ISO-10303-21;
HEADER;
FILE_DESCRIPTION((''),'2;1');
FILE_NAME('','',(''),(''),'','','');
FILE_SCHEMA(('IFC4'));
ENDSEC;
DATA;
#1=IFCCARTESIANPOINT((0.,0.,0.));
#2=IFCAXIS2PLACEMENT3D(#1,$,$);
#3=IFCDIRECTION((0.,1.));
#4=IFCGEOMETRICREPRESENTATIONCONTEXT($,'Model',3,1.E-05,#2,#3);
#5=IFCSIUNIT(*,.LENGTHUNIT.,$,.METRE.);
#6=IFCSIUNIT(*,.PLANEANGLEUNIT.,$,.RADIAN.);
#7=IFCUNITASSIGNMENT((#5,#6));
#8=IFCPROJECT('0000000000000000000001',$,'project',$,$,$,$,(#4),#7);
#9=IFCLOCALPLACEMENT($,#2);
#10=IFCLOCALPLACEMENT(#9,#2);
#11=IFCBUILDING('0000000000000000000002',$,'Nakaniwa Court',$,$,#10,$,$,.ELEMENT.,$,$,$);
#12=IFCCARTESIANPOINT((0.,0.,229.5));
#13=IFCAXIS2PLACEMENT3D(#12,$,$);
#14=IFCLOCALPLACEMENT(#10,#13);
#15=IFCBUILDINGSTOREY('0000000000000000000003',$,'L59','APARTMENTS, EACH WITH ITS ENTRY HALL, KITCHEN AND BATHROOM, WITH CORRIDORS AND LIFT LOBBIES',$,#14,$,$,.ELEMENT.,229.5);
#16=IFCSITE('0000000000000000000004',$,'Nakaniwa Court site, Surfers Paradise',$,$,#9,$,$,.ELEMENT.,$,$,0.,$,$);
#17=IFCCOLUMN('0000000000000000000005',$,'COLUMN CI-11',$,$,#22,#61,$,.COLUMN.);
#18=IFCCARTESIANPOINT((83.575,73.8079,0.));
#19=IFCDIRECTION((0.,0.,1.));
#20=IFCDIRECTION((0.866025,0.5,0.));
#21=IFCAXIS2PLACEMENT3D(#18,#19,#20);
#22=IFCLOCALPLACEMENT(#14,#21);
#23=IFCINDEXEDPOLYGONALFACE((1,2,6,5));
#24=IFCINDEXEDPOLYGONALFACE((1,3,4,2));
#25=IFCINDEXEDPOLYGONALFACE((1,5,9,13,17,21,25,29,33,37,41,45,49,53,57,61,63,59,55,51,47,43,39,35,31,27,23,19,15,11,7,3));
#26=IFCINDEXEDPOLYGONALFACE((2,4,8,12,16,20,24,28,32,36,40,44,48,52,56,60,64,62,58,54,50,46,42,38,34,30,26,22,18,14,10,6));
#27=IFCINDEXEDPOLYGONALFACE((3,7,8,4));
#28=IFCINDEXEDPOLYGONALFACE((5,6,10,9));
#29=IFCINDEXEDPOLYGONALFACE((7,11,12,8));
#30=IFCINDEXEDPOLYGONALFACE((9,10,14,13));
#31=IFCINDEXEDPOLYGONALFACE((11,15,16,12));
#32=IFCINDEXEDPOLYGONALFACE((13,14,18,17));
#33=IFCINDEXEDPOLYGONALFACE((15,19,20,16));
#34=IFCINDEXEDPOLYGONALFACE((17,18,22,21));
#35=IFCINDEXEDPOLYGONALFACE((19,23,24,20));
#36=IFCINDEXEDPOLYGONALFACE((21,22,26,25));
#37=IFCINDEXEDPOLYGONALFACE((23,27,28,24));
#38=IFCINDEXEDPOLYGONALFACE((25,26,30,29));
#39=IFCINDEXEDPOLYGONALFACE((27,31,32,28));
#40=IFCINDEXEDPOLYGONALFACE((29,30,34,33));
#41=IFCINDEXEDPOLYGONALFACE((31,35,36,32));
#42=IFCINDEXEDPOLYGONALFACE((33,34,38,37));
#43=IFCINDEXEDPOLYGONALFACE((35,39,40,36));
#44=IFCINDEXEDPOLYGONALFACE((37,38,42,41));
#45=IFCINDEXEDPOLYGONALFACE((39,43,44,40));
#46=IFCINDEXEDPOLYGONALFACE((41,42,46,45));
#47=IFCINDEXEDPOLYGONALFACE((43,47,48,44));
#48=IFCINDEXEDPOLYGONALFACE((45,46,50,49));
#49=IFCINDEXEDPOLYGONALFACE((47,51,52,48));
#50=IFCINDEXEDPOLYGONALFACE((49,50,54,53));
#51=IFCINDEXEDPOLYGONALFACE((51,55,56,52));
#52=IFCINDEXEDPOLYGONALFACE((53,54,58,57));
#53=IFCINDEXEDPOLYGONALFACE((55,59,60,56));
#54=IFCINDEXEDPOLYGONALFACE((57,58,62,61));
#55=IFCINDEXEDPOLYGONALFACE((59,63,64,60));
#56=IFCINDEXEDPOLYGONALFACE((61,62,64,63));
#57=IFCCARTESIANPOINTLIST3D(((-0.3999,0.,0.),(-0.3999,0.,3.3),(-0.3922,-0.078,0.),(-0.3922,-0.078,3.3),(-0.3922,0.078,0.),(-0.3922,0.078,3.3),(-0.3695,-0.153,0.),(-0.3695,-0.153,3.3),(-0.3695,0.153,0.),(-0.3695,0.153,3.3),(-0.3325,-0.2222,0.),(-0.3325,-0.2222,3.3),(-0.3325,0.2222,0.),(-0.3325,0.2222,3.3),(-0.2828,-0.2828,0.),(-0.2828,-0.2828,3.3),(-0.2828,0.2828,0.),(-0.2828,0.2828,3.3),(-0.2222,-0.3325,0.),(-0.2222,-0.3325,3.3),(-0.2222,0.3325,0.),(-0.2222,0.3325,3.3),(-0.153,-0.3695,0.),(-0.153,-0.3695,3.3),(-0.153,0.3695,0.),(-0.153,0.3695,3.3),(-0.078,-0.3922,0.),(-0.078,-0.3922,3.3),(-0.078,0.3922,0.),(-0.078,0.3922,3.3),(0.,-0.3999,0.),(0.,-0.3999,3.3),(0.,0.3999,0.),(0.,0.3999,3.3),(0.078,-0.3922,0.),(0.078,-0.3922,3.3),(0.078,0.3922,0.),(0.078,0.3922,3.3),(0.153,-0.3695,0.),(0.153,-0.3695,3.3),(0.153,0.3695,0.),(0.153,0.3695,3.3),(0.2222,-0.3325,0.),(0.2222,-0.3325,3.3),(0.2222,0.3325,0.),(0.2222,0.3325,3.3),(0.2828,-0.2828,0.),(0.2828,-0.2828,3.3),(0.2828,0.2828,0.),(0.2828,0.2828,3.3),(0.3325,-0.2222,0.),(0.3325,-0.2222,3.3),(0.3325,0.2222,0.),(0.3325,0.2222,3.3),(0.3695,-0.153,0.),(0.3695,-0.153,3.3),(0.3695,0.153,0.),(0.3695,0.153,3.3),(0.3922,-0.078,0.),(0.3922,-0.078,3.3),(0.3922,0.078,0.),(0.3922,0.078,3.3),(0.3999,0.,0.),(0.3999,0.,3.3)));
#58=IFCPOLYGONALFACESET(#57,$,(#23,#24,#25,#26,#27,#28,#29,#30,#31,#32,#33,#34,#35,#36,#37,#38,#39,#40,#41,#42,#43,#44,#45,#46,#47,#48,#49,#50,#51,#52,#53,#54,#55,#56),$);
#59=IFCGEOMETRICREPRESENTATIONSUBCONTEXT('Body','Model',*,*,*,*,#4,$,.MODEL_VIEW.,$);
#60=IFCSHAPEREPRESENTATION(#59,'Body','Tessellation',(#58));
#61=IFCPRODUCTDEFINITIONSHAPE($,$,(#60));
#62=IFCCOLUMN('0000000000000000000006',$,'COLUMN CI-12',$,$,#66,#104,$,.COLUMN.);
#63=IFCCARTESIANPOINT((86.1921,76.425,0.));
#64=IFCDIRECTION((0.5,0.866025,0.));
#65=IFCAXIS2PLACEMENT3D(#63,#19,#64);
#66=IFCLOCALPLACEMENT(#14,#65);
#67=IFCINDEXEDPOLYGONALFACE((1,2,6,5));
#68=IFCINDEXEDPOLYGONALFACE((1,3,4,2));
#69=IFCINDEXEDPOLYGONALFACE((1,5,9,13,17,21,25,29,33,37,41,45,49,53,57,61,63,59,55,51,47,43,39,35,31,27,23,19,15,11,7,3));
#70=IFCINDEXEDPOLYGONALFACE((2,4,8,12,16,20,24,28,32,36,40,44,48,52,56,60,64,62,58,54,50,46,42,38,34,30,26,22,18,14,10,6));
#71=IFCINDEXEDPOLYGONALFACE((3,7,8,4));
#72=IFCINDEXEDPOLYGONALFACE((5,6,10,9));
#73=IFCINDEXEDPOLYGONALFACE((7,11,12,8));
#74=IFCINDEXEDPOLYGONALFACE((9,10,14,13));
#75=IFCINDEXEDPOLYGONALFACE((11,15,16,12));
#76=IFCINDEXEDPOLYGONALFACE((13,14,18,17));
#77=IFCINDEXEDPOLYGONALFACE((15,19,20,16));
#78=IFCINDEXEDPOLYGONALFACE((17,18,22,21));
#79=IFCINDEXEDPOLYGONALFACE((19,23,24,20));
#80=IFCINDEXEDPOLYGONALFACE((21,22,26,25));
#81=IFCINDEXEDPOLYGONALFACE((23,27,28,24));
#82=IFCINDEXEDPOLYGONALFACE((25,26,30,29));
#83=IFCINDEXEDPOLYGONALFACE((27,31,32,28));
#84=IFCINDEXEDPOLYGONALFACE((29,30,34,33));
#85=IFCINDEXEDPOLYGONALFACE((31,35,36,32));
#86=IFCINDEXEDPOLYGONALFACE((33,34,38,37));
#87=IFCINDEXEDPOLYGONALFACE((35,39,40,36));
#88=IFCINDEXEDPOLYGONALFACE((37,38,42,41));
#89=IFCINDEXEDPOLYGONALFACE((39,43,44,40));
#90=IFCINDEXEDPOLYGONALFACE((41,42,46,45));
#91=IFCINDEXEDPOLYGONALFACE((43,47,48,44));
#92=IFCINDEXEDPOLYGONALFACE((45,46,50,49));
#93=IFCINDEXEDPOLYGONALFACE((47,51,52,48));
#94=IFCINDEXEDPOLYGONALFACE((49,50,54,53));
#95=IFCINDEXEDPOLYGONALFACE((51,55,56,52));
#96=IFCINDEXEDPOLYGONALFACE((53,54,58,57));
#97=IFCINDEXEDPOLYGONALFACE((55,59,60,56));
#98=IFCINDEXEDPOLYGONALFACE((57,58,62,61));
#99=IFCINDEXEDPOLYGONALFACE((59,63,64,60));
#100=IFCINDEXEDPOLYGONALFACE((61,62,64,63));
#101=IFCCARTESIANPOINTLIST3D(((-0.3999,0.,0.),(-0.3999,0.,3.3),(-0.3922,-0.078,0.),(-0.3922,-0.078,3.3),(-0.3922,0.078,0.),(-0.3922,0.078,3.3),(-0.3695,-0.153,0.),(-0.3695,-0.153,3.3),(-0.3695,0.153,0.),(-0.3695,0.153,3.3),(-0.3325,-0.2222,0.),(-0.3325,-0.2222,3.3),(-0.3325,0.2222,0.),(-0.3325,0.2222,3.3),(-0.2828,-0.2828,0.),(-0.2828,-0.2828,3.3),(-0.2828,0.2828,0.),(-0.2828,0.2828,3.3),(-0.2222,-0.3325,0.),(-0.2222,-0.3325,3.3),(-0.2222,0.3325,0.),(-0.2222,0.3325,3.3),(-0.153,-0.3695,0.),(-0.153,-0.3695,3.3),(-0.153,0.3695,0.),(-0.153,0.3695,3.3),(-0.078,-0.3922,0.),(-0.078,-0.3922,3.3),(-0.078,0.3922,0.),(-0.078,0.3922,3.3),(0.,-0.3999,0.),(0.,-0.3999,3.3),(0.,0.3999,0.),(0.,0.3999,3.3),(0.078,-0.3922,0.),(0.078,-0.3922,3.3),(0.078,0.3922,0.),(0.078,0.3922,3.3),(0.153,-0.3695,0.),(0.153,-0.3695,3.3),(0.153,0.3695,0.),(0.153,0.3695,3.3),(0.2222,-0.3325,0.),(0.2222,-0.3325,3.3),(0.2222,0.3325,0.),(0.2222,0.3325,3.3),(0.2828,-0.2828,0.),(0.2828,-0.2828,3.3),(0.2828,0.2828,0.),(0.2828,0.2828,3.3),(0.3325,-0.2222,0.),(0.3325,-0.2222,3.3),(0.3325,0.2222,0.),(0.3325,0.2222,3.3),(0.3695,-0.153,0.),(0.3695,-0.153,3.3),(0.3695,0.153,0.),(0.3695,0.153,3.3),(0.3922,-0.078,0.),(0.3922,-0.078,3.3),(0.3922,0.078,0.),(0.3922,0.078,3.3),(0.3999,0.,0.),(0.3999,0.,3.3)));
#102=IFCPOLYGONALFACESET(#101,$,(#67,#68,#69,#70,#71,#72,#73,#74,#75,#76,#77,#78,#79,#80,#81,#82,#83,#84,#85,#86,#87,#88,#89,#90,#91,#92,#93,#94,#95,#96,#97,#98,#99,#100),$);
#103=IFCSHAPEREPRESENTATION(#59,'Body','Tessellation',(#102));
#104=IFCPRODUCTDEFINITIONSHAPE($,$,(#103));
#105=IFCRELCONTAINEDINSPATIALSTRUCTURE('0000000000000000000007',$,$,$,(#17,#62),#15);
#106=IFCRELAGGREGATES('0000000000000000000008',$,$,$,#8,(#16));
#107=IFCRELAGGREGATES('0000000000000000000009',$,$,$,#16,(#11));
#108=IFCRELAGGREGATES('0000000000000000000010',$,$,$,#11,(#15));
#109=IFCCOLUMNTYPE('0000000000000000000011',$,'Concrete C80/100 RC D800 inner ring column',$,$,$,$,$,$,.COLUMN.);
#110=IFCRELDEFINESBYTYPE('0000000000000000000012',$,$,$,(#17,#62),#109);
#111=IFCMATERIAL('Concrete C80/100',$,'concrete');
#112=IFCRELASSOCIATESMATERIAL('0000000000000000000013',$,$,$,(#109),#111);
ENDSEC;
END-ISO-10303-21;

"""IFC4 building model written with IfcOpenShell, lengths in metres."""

from ifc_helpers import new_model, si_unit, direction, frame, origin, origin_2d, place, context, subcontext, project, spatial, circle, extrude, material, material_profile, profile_set, type_object, element, save


model = new_model("IFC4")

# Units and contexts
model_context = context("Model", 3, precision=1e-05, world=origin(), true_north=direction((0.0, 1.0)))
body_context = subcontext(model_context, "Body", "Model", "MODEL_VIEW")
ifc_project = project(units=[si_unit("LENGTHUNIT", "METRE"), si_unit("PLANEANGLEUNIT", "RADIAN")], contexts=[model_context])

# Site, building, storey
site_placement = place(None, origin())
site = spatial("IfcSite", under=ifc_project, at=site_placement, Name="Nakaniwa Court site, Surfers Paradise", CompositionType="ELEMENT", RefElevation=0.0)
building_placement = place(site_placement, origin())
building = spatial("IfcBuilding", under=site, at=building_placement, Name="Nakaniwa Court", CompositionType="ELEMENT")
storey_placement = place(building_placement, frame((0.0, 0.0, 229.5)))
storey = spatial("IfcBuildingStorey", under=building, at=storey_placement, Name="L59", Description="APARTMENTS, EACH WITH ITS ENTRY HALL, KITCHEN AND BATHROOM, WITH CORRIDORS AND LIFT LOBBIES", CompositionType="ELEMENT", Elevation=229.5)

# Columns
ifc_material_1 = material(Name="Concrete C80/100", Category="concrete")
ifc_material_profile_1 = material_profile(ifc_material_1, circle(Radius=0.3999, at=origin_2d()), Name="Concrete C80/100 RC D800 inner ring column")
ifc_profile_set_1 = profile_set([ifc_material_profile_1], Name="Concrete C80/100")
column_type = type_object("IfcColumnType", Name="Concrete C80/100 RC D800 inner ring column", PredefinedType="COLUMN", material=ifc_profile_set_1)
for number, where, z_axis, x_axis, name in (
    (1, (83.575, 73.8079, 0.0), (0.0, 0.0, 1.0), (0.866025, 0.5, 0.0), "COLUMN CI-11"),
    (2, (86.1921, 76.425, 0.0), (0.0, 0.0, 1.0), (0.5, 0.866025, 0.0), "COLUMN CI-12"),
):
    element("IfcColumn", number, at=place(storey_placement, frame(where, z_axis=z_axis, x_axis=x_axis)), inside=storey, type_object=column_type, Name=name, PredefinedType="COLUMN", context=body_context, shape_type="SweptSolid", body=[
        extrude(circle(Radius=0.3999, at=origin_2d()), origin(), (0.0, 0.0, 1.0), 3.3),
    ])

save(model, "model.ifc")
